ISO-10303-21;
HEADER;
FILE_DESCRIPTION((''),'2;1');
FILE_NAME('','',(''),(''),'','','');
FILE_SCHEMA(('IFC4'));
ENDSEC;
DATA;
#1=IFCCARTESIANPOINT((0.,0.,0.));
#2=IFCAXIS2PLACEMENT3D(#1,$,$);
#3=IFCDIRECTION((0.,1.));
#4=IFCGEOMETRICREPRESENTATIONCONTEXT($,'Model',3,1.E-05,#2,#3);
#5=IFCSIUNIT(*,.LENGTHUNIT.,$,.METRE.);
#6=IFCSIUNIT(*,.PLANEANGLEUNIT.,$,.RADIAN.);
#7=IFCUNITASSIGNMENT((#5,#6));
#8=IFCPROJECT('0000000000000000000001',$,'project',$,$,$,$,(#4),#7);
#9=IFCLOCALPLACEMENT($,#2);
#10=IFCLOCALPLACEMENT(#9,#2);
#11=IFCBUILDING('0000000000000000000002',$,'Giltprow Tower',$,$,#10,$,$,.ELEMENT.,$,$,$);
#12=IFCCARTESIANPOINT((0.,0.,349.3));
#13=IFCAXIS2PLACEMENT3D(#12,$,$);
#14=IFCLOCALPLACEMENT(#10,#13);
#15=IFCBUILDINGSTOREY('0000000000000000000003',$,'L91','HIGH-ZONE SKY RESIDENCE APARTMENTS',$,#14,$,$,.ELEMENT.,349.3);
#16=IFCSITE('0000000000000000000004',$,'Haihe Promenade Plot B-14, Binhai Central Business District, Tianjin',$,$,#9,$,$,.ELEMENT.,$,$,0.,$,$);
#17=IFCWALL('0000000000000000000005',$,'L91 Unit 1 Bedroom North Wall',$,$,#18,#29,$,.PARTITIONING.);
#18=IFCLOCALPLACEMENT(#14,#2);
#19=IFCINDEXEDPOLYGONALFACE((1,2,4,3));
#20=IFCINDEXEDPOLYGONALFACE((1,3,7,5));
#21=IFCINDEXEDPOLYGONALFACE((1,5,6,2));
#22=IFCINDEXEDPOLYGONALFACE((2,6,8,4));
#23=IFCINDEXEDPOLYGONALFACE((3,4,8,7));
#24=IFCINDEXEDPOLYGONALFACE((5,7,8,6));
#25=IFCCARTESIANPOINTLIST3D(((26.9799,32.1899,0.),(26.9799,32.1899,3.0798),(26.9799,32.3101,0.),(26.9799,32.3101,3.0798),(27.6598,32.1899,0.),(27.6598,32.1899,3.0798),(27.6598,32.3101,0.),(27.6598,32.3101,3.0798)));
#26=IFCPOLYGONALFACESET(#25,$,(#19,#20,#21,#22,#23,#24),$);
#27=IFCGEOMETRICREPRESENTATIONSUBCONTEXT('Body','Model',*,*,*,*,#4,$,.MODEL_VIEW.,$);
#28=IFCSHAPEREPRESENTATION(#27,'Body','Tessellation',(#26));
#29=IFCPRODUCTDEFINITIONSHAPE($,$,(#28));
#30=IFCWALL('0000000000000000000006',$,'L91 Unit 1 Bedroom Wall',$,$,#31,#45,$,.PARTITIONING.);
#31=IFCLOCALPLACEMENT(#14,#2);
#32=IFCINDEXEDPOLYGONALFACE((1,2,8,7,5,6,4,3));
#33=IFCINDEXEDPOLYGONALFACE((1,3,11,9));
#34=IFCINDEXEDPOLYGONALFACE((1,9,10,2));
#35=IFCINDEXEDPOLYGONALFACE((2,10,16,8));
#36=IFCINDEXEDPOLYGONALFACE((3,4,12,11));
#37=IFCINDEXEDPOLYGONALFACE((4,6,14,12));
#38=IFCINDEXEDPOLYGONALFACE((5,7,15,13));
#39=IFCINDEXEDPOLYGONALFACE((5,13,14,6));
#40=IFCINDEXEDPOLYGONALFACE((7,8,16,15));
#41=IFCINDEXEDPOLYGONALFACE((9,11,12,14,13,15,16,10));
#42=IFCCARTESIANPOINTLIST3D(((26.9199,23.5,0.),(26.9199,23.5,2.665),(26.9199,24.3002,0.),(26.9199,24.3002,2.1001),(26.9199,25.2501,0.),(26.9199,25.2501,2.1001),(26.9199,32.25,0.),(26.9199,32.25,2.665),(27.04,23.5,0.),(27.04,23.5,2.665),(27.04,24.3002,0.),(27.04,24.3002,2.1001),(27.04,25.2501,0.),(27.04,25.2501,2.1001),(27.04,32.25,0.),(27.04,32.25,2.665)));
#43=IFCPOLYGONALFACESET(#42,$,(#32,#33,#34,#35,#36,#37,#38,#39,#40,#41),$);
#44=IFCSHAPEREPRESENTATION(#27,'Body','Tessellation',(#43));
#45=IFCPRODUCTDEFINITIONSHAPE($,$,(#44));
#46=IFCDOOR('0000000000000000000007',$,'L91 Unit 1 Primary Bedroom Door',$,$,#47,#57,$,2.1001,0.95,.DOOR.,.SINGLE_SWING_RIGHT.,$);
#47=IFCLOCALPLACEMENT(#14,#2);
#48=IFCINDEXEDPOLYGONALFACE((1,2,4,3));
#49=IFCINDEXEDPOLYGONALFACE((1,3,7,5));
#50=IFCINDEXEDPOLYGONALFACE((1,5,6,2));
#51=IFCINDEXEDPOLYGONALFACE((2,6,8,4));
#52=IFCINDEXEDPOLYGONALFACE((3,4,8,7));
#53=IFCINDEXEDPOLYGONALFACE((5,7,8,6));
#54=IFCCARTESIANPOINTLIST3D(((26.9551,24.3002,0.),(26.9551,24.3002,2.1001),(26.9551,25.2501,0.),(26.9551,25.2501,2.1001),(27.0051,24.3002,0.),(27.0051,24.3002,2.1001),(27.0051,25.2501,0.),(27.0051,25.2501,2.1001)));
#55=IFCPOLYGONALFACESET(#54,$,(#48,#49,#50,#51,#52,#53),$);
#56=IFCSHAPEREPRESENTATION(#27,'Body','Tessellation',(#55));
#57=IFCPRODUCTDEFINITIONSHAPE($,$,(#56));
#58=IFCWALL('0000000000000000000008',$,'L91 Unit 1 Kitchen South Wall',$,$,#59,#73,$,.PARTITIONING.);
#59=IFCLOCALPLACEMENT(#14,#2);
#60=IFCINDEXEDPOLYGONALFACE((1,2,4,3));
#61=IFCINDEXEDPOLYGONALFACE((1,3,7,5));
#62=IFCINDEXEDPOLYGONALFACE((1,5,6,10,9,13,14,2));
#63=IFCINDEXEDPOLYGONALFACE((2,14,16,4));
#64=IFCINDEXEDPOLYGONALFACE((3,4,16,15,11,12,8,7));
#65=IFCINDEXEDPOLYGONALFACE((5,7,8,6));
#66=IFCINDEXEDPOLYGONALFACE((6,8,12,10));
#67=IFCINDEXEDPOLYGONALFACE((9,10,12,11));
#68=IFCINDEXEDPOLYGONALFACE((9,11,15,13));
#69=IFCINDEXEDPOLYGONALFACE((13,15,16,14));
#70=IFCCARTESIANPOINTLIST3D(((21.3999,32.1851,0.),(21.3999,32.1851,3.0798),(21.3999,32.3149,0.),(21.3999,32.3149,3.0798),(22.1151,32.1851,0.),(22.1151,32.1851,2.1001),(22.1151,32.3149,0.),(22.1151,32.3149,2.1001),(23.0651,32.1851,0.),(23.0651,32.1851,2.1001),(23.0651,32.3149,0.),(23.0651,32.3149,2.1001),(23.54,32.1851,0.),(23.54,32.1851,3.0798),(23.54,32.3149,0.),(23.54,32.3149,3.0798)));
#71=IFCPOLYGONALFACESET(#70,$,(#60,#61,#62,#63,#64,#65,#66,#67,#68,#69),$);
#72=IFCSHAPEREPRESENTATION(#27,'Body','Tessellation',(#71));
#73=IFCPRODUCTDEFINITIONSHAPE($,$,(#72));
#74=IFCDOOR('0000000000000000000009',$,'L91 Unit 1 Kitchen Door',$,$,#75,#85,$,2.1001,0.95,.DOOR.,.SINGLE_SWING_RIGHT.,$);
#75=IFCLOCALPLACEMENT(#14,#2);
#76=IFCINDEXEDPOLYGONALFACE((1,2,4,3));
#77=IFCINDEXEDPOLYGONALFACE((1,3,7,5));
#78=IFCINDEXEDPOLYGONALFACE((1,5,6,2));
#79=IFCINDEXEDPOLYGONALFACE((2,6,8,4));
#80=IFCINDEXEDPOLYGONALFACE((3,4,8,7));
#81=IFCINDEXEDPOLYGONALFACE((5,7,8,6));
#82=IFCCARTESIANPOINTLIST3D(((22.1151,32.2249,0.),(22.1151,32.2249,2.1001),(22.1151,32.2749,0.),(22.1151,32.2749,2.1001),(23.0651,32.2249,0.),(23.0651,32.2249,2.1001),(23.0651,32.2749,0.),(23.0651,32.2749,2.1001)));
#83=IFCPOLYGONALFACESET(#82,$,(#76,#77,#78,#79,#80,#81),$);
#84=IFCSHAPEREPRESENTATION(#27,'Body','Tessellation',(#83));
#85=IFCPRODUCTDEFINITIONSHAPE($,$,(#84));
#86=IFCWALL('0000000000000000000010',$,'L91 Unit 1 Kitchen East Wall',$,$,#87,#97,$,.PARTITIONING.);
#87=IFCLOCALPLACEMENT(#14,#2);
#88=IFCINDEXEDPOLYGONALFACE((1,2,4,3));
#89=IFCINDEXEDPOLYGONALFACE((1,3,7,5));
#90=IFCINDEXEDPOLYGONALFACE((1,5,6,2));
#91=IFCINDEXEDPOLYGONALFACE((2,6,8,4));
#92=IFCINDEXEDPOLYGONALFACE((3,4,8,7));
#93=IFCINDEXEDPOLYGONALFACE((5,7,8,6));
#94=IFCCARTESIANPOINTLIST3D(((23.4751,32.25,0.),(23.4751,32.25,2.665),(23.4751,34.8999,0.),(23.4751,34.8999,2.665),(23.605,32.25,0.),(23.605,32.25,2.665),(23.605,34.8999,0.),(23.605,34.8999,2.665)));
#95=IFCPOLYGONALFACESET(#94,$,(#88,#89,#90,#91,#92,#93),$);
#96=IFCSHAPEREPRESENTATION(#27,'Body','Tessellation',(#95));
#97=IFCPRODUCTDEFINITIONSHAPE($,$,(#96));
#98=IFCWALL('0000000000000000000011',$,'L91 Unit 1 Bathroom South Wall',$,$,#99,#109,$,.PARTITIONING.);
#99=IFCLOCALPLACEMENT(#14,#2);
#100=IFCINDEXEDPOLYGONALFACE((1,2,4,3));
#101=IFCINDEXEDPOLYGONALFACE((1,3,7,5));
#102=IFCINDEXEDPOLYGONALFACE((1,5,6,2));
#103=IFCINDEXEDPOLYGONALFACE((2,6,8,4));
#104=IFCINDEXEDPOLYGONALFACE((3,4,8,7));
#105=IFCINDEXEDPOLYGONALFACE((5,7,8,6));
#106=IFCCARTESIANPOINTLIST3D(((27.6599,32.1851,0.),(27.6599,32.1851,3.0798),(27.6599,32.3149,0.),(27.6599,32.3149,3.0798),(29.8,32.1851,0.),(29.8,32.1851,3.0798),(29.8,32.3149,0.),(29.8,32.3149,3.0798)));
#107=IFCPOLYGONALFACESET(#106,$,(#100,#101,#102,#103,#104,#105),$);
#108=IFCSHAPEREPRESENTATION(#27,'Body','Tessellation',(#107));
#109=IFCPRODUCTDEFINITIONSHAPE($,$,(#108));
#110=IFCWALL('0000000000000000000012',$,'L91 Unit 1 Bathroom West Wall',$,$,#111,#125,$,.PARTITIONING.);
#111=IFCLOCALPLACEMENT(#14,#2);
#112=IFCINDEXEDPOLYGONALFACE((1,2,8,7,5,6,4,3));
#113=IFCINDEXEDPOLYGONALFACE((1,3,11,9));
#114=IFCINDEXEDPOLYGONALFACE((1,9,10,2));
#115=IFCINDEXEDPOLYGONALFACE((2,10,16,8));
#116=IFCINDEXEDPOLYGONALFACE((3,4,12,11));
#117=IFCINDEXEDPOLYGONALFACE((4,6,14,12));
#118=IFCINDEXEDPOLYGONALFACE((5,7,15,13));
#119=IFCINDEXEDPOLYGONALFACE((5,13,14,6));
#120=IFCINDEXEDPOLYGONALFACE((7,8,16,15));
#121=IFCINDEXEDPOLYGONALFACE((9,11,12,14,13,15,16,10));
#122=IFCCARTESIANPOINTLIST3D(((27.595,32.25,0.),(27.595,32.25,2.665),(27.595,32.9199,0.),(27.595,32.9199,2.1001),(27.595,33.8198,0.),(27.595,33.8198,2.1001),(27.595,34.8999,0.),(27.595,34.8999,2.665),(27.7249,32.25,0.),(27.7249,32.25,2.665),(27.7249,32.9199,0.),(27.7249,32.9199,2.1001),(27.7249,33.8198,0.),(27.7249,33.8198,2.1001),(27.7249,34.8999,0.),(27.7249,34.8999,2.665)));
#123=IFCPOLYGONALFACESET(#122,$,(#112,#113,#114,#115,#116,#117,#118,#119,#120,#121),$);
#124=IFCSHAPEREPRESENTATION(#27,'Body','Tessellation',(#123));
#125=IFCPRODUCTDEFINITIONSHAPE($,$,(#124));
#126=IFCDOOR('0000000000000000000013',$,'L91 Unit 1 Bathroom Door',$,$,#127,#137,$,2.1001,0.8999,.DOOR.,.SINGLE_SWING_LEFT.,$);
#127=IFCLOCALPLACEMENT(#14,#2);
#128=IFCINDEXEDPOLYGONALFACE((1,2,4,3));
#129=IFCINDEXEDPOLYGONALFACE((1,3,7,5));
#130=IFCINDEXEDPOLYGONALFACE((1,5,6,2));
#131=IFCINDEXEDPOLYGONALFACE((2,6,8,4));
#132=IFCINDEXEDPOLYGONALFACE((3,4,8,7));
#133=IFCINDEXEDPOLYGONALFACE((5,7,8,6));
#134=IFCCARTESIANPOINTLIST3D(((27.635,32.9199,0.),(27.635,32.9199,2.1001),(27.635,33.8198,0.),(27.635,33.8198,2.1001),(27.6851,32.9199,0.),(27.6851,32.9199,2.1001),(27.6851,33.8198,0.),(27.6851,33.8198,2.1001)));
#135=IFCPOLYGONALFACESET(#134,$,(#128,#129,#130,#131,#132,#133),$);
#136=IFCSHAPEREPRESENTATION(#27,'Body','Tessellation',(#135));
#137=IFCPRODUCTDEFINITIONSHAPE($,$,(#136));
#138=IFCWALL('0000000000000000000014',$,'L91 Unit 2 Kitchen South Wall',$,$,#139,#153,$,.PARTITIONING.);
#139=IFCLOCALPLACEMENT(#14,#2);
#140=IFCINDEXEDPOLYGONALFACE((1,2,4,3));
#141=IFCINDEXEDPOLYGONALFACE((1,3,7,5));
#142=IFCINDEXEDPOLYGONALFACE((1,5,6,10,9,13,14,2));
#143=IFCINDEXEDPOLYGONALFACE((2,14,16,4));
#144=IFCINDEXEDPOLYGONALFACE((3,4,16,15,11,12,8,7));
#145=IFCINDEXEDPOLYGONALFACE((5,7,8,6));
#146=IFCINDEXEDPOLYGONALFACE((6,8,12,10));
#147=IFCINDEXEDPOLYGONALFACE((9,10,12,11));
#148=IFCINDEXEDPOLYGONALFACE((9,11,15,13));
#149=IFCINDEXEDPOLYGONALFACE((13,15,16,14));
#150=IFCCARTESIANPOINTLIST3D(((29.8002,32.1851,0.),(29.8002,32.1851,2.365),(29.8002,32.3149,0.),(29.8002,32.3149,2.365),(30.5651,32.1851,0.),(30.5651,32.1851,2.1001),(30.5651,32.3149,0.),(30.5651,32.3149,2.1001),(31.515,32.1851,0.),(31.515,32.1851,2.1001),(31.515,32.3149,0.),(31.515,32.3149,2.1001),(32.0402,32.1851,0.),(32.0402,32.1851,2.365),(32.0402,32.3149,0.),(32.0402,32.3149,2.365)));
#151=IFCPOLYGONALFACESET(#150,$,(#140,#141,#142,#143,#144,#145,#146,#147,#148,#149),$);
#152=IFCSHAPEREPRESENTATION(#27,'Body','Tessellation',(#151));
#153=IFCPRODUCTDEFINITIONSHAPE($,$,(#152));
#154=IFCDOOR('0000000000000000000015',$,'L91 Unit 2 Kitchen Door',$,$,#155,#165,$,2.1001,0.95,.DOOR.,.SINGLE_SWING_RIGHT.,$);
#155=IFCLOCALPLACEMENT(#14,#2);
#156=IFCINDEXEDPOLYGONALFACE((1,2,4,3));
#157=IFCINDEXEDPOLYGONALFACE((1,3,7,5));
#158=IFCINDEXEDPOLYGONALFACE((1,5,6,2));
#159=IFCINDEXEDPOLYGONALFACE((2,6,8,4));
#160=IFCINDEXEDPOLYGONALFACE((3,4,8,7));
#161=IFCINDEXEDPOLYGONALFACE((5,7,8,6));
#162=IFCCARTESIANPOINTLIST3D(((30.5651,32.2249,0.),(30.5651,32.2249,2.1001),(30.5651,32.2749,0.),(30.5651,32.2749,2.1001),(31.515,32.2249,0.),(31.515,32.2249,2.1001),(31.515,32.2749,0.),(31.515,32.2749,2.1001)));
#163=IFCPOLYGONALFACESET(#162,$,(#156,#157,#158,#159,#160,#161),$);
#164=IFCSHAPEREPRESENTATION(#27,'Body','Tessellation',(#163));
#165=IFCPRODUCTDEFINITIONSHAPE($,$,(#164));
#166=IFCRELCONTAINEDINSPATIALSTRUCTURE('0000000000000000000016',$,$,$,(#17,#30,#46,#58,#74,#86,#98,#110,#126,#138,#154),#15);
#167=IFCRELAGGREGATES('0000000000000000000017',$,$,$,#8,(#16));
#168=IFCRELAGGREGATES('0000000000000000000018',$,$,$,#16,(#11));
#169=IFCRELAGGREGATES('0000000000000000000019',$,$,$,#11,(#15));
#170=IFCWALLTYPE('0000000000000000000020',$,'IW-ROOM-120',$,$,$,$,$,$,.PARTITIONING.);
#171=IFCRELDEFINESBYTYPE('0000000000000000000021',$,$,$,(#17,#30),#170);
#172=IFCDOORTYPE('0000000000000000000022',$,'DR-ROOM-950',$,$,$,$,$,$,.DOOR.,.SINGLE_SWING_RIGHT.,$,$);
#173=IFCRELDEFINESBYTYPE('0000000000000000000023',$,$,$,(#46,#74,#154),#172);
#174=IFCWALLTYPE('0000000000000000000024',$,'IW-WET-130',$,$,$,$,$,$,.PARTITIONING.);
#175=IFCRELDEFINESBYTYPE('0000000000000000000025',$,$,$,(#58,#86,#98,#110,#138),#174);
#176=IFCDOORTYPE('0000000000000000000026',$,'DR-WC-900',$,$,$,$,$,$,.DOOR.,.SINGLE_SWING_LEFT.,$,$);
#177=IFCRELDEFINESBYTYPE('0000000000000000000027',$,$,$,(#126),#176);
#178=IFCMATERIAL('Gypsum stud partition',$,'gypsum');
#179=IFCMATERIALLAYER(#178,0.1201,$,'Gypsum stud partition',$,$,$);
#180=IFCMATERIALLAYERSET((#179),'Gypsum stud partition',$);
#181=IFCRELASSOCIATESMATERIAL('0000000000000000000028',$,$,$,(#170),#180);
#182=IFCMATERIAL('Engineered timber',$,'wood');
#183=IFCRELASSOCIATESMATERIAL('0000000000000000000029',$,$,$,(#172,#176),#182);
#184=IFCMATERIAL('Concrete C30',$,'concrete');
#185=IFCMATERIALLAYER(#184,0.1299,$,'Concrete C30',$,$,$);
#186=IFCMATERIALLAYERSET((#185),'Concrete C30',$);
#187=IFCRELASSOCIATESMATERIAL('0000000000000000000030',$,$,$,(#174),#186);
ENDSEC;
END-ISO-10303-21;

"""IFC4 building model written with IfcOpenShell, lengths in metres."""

from ifc_helpers import new_model, si_unit, direction, frame, frame_2d, origin, place, context, subcontext, project, spatial, rectangle, extrude, source, transform, mapped, material, layer, layer_set, type_object, element, fill, save


model = new_model("IFC4")

# Units and contexts
model_context = context("Model", 3, precision=1e-05, world=origin(), true_north=direction((0.0, 1.0)))
body_context = subcontext(model_context, "Body", "Model", "MODEL_VIEW")
ifc_project = project(units=[si_unit("LENGTHUNIT", "METRE"), si_unit("PLANEANGLEUNIT", "RADIAN")], contexts=[model_context])

# Site, building, storey
site_placement = place(None, origin())
site = spatial("IfcSite", under=ifc_project, at=site_placement, Name="Haihe Promenade Plot B-14, Binhai Central Business District, Tianjin", CompositionType="ELEMENT", RefElevation=0.0)
building_placement = place(site_placement, origin())
building = spatial("IfcBuilding", under=site, at=building_placement, Name="Giltprow Tower", CompositionType="ELEMENT")
storey_placement = place(building_placement, frame((0.0, 0.0, 349.3)))
storey = spatial("IfcBuildingStorey", under=building, at=storey_placement, Name="L91", Description="HIGH-ZONE SKY RESIDENCE APARTMENTS", CompositionType="ELEMENT", Elevation=349.3)

# Wall
ifc_material_1 = material(Name="Gypsum stud partition", Category="gypsum")
ifc_layer_1 = layer(ifc_material_1, 0.1201, Name="Gypsum stud partition")
ifc_layer_set_1 = layer_set([ifc_layer_1], Name="Gypsum stud partition")
wall_type_1 = type_object("IfcWallType", Name="IW-ROOM-120", PredefinedType="PARTITIONING", material=ifc_layer_set_1)
wall_1_placement = place(storey_placement, frame((26.98, 32.25, 0.0), z_axis=(0.0, 0.0, 1.0), x_axis=(1.0, 0.0, 0.0)))
element("IfcWall", 1, at=wall_1_placement, inside=storey, type_object=wall_type_1, Name="L91 Unit 1 Bedroom North Wall", PredefinedType="PARTITIONING", context=body_context, shape_type="SweptSolid", body=[
    extrude(rectangle(XDim=0.6799, YDim=0.1201, at=frame_2d((0.3398, 0.0))), origin(), (0.0, 0.0, 1.0), 3.0798),
])

# Walls, openings, doors
wall_2_placement = place(storey_placement, frame((26.98, 23.5, 0.0), z_axis=(0.0, 0.0, 1.0), x_axis=(0.0, 1.0, 0.0)))
wall_2 = element("IfcWall", 2, at=wall_2_placement, inside=storey, type_object=wall_type_1, Name="L91 Unit 1 Bedroom Wall", PredefinedType="PARTITIONING", context=body_context, shape_type="SweptSolid", body=[
    extrude(rectangle(XDim=8.75, YDim=0.1201, at=frame_2d((4.375, 0.0))), origin(), (0.0, 0.0, 1.0), 2.665),
])
opening_1_placement = place(wall_2_placement, frame((0.8, 0.0, 0.0)))
opening_1 = element("IfcOpeningElement", 3, at=opening_1_placement, cuts=wall_2, PredefinedType="OPENING", context=body_context, shape_type="SweptSolid", body=[
    extrude(rectangle(XDim=0.95, YDim=2.1001, at=frame_2d((0.4751, 1.05))), frame((0.0, 0.0701, 0.0), z_axis=(0.0, -1.0, 0.0), x_axis=(1.0, 0.0, 0.0)), (0.0, 0.0, 1.0), 0.1401),
])
ifc_material_2 = material(Name="Engineered timber", Category="wood")
door_type_1 = type_object("IfcDoorType", Name="DR-ROOM-950", OperationType="SINGLE_SWING_RIGHT", PredefinedType="DOOR", material=ifc_material_2)
shared_shape_1 = source(origin(), body_context, "Body", "SweptSolid", [
    extrude(rectangle(XDim=0.95, YDim=2.1001, at=frame_2d((0.4751, 1.05))), frame((0.0, 0.0249, 0.0), z_axis=(0.0, -1.0, 0.0), x_axis=(1.0, 0.0, 0.0)), (0.0, 0.0, 1.0), 0.05),
])
door_1_placement = place(opening_1_placement, origin())
door_1 = element("IfcDoor", 4, at=door_1_placement, inside=storey, type_object=door_type_1, Name="L91 Unit 1 Primary Bedroom Door", OperationType="SINGLE_SWING_RIGHT", OverallHeight=2.1001, OverallWidth=0.95, PredefinedType="DOOR", context=body_context, shape_type="MappedRepresentation", body=[
    mapped(shared_shape_1, transform((0.0, 0.0, 0.0), x_axis=(1.0, 0.0, 0.0), y_axis=(0.0, 1.0, 0.0), z_axis=(0.0, 0.0, 1.0), scale=1.0)),
])
fill(opening_1, door_1)
ifc_material_3 = material(Name="Concrete C30", Category="concrete")
ifc_layer_2 = layer(ifc_material_3, 0.1299, Name="Concrete C30")
ifc_layer_set_2 = layer_set([ifc_layer_2], Name="Concrete C30")
wall_type_2 = type_object("IfcWallType", Name="IW-WET-130", PredefinedType="PARTITIONING", material=ifc_layer_set_2)
wall_3_placement = place(storey_placement, frame((21.3999, 32.25, 0.0), z_axis=(0.0, 0.0, 1.0), x_axis=(1.0, 0.0, 0.0)))
wall_3 = element("IfcWall", 5, at=wall_3_placement, inside=storey, type_object=wall_type_2, Name="L91 Unit 1 Kitchen South Wall", PredefinedType="PARTITIONING", context=body_context, shape_type="SweptSolid", body=[
    extrude(rectangle(XDim=2.1401, YDim=0.1299, at=frame_2d((1.0701, 0.0))), origin(), (0.0, 0.0, 1.0), 3.0798),
])
opening_2_placement = place(wall_3_placement, frame((0.7151, 0.0, 0.0)))
opening_2 = element("IfcOpeningElement", 6, at=opening_2_placement, cuts=wall_3, PredefinedType="OPENING", context=body_context, shape_type="SweptSolid", body=[
    extrude(rectangle(XDim=0.95, YDim=2.1001, at=frame_2d((0.4751, 1.05))), frame((0.0, 0.075, 0.0), z_axis=(0.0, -1.0, 0.0), x_axis=(1.0, 0.0, 0.0)), (0.0, 0.0, 1.0), 0.1499),
])
door_2_placement = place(opening_2_placement, origin())
door_2 = element("IfcDoor", 7, at=door_2_placement, inside=storey, type_object=door_type_1, Name="L91 Unit 1 Kitchen Door", OperationType="SINGLE_SWING_RIGHT", OverallHeight=2.1001, OverallWidth=0.95, PredefinedType="DOOR", context=body_context, shape_type="MappedRepresentation", body=[
    mapped(shared_shape_1, transform((0.0, 0.0, 0.0), x_axis=(1.0, 0.0, 0.0), y_axis=(0.0, 1.0, 0.0), z_axis=(0.0, 0.0, 1.0), scale=1.0)),
])
fill(opening_2, door_2)

# Walls
wall_4_placement = place(storey_placement, frame((23.54, 32.25, 0.0), z_axis=(0.0, 0.0, 1.0), x_axis=(0.0, 1.0, 0.0)))
element("IfcWall", 8, at=wall_4_placement, inside=storey, type_object=wall_type_2, Name="L91 Unit 1 Kitchen East Wall", PredefinedType="PARTITIONING", context=body_context, shape_type="SweptSolid", body=[
    extrude(rectangle(XDim=2.6499, YDim=0.1299, at=frame_2d((1.325, 0.0))), origin(), (0.0, 0.0, 1.0), 2.665),
])
wall_5_placement = place(storey_placement, frame((27.6599, 32.25, 0.0), z_axis=(0.0, 0.0, 1.0), x_axis=(1.0, 0.0, 0.0)))
element("IfcWall", 9, at=wall_5_placement, inside=storey, type_object=wall_type_2, Name="L91 Unit 1 Bathroom South Wall", PredefinedType="PARTITIONING", context=body_context, shape_type="SweptSolid", body=[
    extrude(rectangle(XDim=2.1401, YDim=0.1299, at=frame_2d((1.0701, 0.0))), origin(), (0.0, 0.0, 1.0), 3.0798),
])

# Walls, openings, doors
wall_6_placement = place(storey_placement, frame((27.6599, 32.25, 0.0), z_axis=(0.0, 0.0, 1.0), x_axis=(0.0, 1.0, 0.0)))
wall_6 = element("IfcWall", 10, at=wall_6_placement, inside=storey, type_object=wall_type_2, Name="L91 Unit 1 Bathroom West Wall", PredefinedType="PARTITIONING", context=body_context, shape_type="SweptSolid", body=[
    extrude(rectangle(XDim=2.6499, YDim=0.1299, at=frame_2d((1.325, 0.0))), origin(), (0.0, 0.0, 1.0), 2.665),
])
opening_3_placement = place(wall_6_placement, frame((0.6699, 0.0, 0.0)))
opening_3 = element("IfcOpeningElement", 11, at=opening_3_placement, cuts=wall_6, PredefinedType="OPENING", context=body_context, shape_type="SweptSolid", body=[
    extrude(rectangle(XDim=0.8999, YDim=2.1001, at=frame_2d((0.45, 1.05))), frame((0.0, 0.075, 0.0), z_axis=(0.0, -1.0, 0.0), x_axis=(1.0, 0.0, 0.0)), (0.0, 0.0, 1.0), 0.1499),
])
door_type_2 = type_object("IfcDoorType", Name="DR-WC-900", OperationType="SINGLE_SWING_LEFT", PredefinedType="DOOR", material=ifc_material_2)
shared_shape_2 = source(origin(), body_context, "Body", "SweptSolid", [
    extrude(rectangle(XDim=0.8999, YDim=2.1001, at=frame_2d((0.45, 1.05))), frame((0.0, 0.0249, 0.0), z_axis=(0.0, -1.0, 0.0), x_axis=(1.0, 0.0, 0.0)), (0.0, 0.0, 1.0), 0.05),
])
door_3_placement = place(opening_3_placement, origin())
door_3 = element("IfcDoor", 12, at=door_3_placement, inside=storey, type_object=door_type_2, Name="L91 Unit 1 Bathroom Door", OperationType="SINGLE_SWING_LEFT", OverallHeight=2.1001, OverallWidth=0.8999, PredefinedType="DOOR", context=body_context, shape_type="MappedRepresentation", body=[
    mapped(shared_shape_2, transform((0.0, 0.0, 0.0), x_axis=(1.0, 0.0, 0.0), y_axis=(0.0, 1.0, 0.0), z_axis=(0.0, 0.0, 1.0), scale=1.0)),
])
fill(opening_3, door_3)
wall_7_placement = place(storey_placement, frame((29.8, 32.25, 0.0), z_axis=(0.0, 0.0, 1.0), x_axis=(1.0, 0.0, 0.0)))
wall_7 = element("IfcWall", 13, at=wall_7_placement, inside=storey, type_object=wall_type_2, Name="L91 Unit 2 Kitchen South Wall", PredefinedType="PARTITIONING", context=body_context, shape_type="SweptSolid", body=[
    extrude(rectangle(XDim=2.24, YDim=0.1299, at=frame_2d((1.1201, 0.0))), origin(), (0.0, 0.0, 1.0), 2.365),
])
opening_4_placement = place(wall_7_placement, frame((0.7649, 0.0, 0.0)))
opening_4 = element("IfcOpeningElement", 14, at=opening_4_placement, cuts=wall_7, PredefinedType="OPENING", context=body_context, shape_type="SweptSolid", body=[
    extrude(rectangle(XDim=0.95, YDim=2.1001, at=frame_2d((0.4751, 1.05))), frame((0.0, 0.075, 0.0), z_axis=(0.0, -1.0, 0.0), x_axis=(1.0, 0.0, 0.0)), (0.0, 0.0, 1.0), 0.1499),
])
door_4_placement = place(opening_4_placement, origin())
door_4 = element("IfcDoor", 15, at=door_4_placement, inside=storey, type_object=door_type_1, Name="L91 Unit 2 Kitchen Door", OperationType="SINGLE_SWING_RIGHT", OverallHeight=2.1001, OverallWidth=0.95, PredefinedType="DOOR", context=body_context, shape_type="MappedRepresentation", body=[
    mapped(shared_shape_1, transform((0.0, 0.0, 0.0), x_axis=(1.0, 0.0, 0.0), y_axis=(0.0, 1.0, 0.0), z_axis=(0.0, 0.0, 1.0), scale=1.0)),
])
fill(opening_4, door_4)

save(model, "model.ifc")
